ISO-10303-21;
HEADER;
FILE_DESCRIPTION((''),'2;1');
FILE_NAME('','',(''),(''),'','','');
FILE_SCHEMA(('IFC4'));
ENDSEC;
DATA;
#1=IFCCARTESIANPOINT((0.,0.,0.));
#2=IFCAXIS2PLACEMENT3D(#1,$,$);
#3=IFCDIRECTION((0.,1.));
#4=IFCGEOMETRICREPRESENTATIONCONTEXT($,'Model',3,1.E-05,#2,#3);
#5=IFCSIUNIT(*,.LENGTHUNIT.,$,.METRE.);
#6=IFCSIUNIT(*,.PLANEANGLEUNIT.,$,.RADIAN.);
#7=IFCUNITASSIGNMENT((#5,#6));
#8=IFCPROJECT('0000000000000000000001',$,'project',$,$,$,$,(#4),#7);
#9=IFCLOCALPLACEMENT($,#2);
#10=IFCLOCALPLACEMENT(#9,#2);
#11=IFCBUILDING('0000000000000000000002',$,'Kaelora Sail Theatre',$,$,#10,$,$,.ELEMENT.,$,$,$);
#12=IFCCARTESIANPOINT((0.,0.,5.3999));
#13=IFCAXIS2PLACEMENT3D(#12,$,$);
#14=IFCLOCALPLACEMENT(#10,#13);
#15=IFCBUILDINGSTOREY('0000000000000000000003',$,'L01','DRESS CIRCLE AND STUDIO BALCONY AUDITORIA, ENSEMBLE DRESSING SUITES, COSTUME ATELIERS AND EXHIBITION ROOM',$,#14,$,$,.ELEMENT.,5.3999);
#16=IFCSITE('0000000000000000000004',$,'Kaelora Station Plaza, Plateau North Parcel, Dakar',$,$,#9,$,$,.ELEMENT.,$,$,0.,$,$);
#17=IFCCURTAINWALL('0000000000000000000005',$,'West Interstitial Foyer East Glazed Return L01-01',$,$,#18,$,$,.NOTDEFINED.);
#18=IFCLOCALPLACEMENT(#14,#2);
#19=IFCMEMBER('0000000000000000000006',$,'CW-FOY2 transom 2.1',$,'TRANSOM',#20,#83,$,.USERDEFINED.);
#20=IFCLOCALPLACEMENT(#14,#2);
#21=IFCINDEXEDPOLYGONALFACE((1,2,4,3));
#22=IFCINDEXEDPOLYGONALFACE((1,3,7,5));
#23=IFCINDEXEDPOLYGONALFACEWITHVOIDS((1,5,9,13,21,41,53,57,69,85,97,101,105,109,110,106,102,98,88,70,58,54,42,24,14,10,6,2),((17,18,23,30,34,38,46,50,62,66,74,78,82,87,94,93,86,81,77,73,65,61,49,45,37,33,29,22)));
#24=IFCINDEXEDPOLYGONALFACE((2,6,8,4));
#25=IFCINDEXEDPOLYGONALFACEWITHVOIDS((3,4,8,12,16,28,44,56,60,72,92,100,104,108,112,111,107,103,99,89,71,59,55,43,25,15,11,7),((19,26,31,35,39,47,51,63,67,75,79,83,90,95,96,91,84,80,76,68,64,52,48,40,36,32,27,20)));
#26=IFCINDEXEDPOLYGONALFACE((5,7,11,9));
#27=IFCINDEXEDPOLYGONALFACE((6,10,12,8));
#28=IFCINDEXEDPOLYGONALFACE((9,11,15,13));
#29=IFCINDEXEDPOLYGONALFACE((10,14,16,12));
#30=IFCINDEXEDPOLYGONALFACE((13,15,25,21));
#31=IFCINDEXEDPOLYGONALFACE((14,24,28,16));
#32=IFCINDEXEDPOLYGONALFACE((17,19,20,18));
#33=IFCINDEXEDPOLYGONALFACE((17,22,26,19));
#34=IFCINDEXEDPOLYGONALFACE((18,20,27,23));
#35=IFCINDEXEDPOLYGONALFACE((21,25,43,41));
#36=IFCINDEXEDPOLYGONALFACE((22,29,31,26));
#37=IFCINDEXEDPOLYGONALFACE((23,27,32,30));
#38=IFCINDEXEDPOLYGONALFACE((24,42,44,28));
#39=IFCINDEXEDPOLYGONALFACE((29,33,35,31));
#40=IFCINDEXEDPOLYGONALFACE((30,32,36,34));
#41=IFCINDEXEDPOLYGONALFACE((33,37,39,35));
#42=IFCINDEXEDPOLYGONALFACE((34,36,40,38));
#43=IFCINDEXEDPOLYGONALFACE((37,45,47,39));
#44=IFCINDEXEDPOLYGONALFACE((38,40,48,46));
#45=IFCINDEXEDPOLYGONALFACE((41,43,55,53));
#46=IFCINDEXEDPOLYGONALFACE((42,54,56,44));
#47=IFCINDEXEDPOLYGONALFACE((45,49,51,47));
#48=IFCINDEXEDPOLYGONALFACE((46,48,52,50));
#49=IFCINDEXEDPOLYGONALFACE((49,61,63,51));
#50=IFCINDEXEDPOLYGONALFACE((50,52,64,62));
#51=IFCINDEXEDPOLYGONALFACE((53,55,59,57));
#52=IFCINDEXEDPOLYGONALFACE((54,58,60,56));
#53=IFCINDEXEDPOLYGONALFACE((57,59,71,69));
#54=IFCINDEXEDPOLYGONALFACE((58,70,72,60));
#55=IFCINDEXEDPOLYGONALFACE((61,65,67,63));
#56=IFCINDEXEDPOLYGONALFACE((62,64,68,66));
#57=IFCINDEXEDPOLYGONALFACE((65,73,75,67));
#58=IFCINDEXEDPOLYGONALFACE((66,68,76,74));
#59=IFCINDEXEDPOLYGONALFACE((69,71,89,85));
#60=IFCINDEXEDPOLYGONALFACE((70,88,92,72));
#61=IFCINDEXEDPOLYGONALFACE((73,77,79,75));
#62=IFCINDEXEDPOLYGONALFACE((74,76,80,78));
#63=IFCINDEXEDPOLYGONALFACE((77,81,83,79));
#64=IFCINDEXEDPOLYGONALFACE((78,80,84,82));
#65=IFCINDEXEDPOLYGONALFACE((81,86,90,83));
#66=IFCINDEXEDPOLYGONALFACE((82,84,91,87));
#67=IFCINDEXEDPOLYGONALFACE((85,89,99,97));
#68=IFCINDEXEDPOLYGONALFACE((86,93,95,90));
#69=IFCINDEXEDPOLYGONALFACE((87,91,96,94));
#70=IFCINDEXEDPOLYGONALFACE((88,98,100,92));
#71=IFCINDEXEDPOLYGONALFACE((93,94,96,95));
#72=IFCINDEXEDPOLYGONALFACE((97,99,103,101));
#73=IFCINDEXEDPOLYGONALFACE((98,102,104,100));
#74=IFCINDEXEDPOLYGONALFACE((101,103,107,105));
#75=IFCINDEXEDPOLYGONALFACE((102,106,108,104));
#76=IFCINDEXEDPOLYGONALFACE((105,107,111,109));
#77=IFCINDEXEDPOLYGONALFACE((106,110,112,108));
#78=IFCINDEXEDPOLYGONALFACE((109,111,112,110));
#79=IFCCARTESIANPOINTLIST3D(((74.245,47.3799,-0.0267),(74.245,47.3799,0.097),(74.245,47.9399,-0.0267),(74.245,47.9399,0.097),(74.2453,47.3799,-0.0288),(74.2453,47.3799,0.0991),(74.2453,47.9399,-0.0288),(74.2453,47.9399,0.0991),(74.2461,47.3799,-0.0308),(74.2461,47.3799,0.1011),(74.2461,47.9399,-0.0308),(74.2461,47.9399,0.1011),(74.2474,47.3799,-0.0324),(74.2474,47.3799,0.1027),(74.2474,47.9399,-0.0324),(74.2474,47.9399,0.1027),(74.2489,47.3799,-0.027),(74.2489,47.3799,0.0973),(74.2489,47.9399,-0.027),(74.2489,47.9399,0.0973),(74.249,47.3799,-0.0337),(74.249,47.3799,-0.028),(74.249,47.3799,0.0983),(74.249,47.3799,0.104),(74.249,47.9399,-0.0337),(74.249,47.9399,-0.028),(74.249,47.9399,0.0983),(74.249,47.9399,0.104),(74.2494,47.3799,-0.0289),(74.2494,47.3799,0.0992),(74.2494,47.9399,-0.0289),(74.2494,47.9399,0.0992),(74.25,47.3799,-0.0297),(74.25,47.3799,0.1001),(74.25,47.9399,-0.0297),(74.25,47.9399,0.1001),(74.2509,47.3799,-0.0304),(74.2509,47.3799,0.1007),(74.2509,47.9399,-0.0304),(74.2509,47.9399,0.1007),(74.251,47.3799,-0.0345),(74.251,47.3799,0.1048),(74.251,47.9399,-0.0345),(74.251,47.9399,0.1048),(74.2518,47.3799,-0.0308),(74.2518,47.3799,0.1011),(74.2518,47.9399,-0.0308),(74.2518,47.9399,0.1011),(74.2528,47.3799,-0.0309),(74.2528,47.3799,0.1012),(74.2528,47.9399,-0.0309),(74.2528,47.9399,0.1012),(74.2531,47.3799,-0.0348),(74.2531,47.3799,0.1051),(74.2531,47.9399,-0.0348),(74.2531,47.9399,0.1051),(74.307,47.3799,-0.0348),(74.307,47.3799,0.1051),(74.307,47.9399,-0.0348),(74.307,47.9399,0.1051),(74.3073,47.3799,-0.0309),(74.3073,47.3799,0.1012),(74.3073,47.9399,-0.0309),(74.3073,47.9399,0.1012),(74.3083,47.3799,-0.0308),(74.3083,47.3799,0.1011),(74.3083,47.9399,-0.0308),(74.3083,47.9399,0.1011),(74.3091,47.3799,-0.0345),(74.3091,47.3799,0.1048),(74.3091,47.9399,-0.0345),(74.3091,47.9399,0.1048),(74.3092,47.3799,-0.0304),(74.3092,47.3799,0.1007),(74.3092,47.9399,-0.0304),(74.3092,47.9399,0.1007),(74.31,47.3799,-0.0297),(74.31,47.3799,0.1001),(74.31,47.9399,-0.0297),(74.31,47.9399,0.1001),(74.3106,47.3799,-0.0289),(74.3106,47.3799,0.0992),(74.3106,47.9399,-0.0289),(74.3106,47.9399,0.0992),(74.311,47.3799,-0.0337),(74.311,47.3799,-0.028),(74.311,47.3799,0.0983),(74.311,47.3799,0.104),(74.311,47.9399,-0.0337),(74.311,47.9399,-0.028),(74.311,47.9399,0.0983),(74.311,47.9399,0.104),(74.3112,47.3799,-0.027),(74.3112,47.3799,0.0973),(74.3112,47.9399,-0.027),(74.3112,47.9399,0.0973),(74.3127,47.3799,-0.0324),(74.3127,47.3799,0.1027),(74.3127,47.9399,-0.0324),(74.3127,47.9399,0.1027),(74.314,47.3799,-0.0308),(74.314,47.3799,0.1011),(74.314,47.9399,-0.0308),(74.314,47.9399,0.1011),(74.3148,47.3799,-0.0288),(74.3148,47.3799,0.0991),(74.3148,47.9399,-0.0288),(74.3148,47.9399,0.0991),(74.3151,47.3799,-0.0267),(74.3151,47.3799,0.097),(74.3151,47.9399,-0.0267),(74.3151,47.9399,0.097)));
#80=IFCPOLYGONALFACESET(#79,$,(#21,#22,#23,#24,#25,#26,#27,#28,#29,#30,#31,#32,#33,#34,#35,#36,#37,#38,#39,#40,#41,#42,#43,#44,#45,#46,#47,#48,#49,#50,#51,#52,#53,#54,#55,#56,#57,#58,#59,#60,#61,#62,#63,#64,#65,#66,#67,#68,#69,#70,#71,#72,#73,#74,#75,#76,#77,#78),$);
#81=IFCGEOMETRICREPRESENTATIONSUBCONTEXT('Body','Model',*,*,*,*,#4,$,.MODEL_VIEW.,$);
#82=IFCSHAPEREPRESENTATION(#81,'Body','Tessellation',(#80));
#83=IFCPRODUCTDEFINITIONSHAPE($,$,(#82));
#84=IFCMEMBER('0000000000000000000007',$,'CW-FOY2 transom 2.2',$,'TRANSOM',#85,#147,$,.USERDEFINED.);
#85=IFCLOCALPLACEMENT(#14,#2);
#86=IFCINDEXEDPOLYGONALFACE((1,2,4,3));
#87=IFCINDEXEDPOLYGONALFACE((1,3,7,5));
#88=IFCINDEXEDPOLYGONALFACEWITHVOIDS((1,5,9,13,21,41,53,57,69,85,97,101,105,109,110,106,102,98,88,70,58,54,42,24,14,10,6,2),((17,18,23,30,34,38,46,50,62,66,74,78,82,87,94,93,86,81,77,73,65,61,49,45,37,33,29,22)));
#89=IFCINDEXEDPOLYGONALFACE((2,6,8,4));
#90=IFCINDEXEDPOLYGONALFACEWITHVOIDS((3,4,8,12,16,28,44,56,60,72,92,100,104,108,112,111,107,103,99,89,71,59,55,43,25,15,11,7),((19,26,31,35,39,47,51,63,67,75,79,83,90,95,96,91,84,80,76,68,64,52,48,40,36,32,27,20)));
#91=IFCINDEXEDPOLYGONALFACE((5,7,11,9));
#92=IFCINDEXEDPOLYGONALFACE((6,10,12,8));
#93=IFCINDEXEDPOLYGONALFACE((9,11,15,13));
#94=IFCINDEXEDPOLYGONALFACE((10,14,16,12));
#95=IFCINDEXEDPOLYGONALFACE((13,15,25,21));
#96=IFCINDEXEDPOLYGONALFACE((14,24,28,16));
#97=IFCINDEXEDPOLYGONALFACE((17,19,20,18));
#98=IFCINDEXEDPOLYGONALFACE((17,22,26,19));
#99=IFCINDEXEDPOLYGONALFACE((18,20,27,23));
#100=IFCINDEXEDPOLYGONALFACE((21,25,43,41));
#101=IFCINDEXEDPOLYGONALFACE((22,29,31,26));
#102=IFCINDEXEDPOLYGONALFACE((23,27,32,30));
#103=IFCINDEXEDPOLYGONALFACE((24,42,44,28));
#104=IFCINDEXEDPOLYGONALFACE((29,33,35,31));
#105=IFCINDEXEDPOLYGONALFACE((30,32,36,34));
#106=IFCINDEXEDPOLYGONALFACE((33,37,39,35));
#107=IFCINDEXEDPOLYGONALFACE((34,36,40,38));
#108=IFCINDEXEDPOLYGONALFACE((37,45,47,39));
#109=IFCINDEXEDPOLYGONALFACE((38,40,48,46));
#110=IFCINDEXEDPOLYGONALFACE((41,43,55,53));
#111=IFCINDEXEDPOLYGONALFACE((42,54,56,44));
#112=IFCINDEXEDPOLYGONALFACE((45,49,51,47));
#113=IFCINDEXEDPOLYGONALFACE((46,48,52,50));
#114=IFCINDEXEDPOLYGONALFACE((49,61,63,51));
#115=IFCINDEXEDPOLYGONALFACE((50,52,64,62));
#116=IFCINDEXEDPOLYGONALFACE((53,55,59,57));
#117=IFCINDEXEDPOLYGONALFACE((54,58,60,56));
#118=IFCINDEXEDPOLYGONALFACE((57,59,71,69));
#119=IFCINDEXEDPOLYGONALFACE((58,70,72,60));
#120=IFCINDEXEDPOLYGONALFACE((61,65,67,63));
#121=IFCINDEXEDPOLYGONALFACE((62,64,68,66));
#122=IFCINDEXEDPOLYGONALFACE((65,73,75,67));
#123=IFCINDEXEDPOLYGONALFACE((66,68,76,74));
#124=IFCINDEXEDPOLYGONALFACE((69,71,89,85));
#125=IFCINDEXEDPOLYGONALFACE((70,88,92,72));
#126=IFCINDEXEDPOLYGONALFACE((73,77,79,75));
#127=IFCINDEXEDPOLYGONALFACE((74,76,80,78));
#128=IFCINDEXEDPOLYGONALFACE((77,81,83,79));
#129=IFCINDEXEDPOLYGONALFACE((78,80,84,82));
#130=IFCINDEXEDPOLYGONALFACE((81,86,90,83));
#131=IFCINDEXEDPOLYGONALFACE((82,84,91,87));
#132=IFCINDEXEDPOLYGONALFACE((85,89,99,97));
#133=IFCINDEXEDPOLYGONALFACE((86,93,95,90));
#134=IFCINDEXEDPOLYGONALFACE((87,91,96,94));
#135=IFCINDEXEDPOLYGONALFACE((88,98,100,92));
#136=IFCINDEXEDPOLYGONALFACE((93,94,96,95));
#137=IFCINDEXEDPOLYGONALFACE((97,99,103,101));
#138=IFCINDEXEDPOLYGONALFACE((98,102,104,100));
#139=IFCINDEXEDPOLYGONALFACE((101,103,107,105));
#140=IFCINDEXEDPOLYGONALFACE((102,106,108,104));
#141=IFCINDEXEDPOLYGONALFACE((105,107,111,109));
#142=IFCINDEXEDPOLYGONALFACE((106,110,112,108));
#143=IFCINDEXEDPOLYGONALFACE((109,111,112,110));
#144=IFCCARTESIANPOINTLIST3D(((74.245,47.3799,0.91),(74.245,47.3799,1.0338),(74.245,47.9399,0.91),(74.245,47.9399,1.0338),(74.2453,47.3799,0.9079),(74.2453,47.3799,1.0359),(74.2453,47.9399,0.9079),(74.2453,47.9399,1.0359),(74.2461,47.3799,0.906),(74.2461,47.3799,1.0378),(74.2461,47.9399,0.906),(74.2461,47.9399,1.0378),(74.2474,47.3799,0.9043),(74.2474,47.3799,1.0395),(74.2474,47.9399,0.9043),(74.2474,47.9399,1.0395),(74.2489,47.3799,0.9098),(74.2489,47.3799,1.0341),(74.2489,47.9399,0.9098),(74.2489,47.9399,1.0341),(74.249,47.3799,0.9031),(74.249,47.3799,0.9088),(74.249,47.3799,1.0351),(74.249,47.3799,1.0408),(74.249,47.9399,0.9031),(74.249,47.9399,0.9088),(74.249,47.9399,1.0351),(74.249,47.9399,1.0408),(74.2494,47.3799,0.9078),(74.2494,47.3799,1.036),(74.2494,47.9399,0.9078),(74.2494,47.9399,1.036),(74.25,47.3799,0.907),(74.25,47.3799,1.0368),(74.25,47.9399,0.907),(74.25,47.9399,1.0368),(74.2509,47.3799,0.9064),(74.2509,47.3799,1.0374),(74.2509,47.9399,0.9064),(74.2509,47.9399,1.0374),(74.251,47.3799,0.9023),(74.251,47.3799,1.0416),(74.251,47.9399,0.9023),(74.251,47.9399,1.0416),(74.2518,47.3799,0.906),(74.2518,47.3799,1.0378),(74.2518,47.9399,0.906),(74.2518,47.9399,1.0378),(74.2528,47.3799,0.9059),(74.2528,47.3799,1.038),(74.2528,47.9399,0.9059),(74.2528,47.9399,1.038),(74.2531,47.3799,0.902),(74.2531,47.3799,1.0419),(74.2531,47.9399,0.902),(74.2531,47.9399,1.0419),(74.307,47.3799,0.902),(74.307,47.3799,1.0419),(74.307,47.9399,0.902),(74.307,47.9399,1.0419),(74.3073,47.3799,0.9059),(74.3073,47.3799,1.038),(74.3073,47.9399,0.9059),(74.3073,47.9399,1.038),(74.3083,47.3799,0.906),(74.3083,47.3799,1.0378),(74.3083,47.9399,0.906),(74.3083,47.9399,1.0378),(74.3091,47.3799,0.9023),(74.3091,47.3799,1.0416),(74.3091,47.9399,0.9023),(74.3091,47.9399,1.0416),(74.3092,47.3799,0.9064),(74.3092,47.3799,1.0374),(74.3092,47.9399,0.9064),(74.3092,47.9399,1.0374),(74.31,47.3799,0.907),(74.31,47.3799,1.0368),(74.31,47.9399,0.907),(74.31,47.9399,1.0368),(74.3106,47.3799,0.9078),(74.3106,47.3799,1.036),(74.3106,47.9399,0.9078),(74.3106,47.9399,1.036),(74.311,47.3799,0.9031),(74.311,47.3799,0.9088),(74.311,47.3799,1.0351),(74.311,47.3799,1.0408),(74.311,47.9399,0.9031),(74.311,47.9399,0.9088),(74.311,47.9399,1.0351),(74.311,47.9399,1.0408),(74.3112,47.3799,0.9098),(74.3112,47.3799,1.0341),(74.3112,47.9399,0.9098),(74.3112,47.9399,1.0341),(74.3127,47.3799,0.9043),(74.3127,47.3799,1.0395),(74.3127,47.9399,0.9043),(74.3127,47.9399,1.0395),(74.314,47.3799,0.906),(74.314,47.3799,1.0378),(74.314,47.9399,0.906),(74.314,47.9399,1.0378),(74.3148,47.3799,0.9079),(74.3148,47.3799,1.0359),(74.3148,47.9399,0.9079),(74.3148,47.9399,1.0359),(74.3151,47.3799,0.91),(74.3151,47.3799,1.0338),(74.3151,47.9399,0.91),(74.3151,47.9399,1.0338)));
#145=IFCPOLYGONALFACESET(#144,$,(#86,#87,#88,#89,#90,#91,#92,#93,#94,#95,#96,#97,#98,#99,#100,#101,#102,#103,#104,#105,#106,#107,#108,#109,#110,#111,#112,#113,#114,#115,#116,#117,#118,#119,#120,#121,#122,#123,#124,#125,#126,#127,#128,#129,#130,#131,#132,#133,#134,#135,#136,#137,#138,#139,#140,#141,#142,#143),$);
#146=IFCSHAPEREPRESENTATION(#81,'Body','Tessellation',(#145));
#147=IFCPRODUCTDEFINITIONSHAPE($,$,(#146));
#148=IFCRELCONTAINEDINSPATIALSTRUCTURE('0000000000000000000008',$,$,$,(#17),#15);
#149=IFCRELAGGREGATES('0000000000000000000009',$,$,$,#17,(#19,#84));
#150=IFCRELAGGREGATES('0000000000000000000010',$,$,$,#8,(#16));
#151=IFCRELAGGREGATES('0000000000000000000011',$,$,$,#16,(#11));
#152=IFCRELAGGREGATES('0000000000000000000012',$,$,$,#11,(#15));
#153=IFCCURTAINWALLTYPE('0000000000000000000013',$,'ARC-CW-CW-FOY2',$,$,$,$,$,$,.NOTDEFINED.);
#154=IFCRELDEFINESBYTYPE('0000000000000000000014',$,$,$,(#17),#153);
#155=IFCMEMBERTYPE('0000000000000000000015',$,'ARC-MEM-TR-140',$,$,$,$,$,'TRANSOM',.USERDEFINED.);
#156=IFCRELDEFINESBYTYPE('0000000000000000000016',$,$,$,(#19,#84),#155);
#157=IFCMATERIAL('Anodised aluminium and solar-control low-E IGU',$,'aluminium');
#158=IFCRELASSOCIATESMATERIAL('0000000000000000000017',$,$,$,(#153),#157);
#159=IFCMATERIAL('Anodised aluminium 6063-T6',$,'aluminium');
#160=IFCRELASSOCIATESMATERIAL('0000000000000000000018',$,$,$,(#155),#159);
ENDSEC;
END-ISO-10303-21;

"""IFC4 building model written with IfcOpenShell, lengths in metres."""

from ifc_helpers import new_model, si_unit, direction, frame, origin, origin_2d, place, context, subcontext, project, spatial, hollow_rectangle, extrude, material, material_profile, profile_set, type_object, element, aggregate, save


model = new_model("IFC4")

# Units and contexts
model_context = context("Model", 3, precision=1e-05, world=origin(), true_north=direction((0.0, 1.0)))
body_context = subcontext(model_context, "Body", "Model", "MODEL_VIEW")
ifc_project = project(units=[si_unit("LENGTHUNIT", "METRE"), si_unit("PLANEANGLEUNIT", "RADIAN")], contexts=[model_context])

# Site, building, storey
site_placement = place(None, origin())
site = spatial("IfcSite", under=ifc_project, at=site_placement, Name="Kaelora Station Plaza, Plateau North Parcel, Dakar", CompositionType="ELEMENT", RefElevation=0.0)
building_placement = place(site_placement, origin())
building = spatial("IfcBuilding", under=site, at=building_placement, Name="Kaelora Sail Theatre", CompositionType="ELEMENT")
storey_placement = place(building_placement, frame((0.0, 0.0, 5.3999)))
storey = spatial("IfcBuildingStorey", under=building, at=storey_placement, Name="L01", Description="DRESS CIRCLE AND STUDIO BALCONY AUDITORIA, ENSEMBLE DRESSING SUITES, COSTUME ATELIERS AND EXHIBITION ROOM", CompositionType="ELEMENT", Elevation=5.3999)

# Shared definitions
ifc_material_1 = material(Name="Anodised aluminium and solar-control low-E IGU", Category="aluminium")
curtain_wall_type = type_object("IfcCurtainWallType", Name="ARC-CW-CW-FOY2", PredefinedType="NOTDEFINED", material=ifc_material_1)

# Curtain wall, members
curtain_wall_1_placement = place(storey_placement, origin())
curtain_wall_1 = element("IfcCurtainWall", 1, at=curtain_wall_1_placement, inside=storey, type_object=curtain_wall_type, Name="West Interstitial Foyer East Glazed Return L01-01", PredefinedType="NOTDEFINED")
ifc_material_2 = material(Name="Anodised aluminium 6063-T6", Category="aluminium")
ifc_material_profile_1 = material_profile(ifc_material_2, hollow_rectangle(XDim=0.0701, YDim=0.1399, WallThickness=0.0039, InnerFilletRadius=0.0039, OuterFilletRadius=0.0081, at=origin_2d()), Name="ALU-TRAN 70x140x4")
ifc_profile_set_1 = profile_set([ifc_material_profile_1], Name="Anodised aluminium 6063-T6")
member_type_1 = type_object("IfcMemberType", Name="ARC-MEM-TR-140", ElementType="TRANSOM", PredefinedType="USERDEFINED", material=ifc_profile_set_1)
member_1_placement = place(storey_placement, frame((74.28, 47.3799, 0.0352), z_axis=(0.0, 1.0, 0.0), x_axis=(-1.0, 0.0, 0.0)))
member_1 = element("IfcMember", 2, at=member_1_placement, type_object=member_type_1, Name="CW-FOY2 transom 2.1", ObjectType="TRANSOM", PredefinedType="USERDEFINED", context=body_context, shape_type="SweptSolid", body=[
    extrude(hollow_rectangle(XDim=0.0701, YDim=0.1399, WallThickness=0.0039, InnerFilletRadius=0.0039, OuterFilletRadius=0.0081, at=origin_2d()), origin(), (0.0, 0.0, 1.0), 0.5601),
])
member_2_placement = place(storey_placement, frame((74.28, 47.3799, 0.9719), z_axis=(0.0, 1.0, 0.0), x_axis=(-1.0, 0.0, 0.0)))
member_2 = element("IfcMember", 3, at=member_2_placement, type_object=member_type_1, Name="CW-FOY2 transom 2.2", ObjectType="TRANSOM", PredefinedType="USERDEFINED", context=body_context, shape_type="SweptSolid", body=[
    extrude(hollow_rectangle(XDim=0.0701, YDim=0.1399, WallThickness=0.0039, InnerFilletRadius=0.0039, OuterFilletRadius=0.0081, at=origin_2d()), origin(), (0.0, 0.0, 1.0), 0.5601),
])

aggregate(curtain_wall_1, [member_1, member_2])

save(model, "model.ifc")
